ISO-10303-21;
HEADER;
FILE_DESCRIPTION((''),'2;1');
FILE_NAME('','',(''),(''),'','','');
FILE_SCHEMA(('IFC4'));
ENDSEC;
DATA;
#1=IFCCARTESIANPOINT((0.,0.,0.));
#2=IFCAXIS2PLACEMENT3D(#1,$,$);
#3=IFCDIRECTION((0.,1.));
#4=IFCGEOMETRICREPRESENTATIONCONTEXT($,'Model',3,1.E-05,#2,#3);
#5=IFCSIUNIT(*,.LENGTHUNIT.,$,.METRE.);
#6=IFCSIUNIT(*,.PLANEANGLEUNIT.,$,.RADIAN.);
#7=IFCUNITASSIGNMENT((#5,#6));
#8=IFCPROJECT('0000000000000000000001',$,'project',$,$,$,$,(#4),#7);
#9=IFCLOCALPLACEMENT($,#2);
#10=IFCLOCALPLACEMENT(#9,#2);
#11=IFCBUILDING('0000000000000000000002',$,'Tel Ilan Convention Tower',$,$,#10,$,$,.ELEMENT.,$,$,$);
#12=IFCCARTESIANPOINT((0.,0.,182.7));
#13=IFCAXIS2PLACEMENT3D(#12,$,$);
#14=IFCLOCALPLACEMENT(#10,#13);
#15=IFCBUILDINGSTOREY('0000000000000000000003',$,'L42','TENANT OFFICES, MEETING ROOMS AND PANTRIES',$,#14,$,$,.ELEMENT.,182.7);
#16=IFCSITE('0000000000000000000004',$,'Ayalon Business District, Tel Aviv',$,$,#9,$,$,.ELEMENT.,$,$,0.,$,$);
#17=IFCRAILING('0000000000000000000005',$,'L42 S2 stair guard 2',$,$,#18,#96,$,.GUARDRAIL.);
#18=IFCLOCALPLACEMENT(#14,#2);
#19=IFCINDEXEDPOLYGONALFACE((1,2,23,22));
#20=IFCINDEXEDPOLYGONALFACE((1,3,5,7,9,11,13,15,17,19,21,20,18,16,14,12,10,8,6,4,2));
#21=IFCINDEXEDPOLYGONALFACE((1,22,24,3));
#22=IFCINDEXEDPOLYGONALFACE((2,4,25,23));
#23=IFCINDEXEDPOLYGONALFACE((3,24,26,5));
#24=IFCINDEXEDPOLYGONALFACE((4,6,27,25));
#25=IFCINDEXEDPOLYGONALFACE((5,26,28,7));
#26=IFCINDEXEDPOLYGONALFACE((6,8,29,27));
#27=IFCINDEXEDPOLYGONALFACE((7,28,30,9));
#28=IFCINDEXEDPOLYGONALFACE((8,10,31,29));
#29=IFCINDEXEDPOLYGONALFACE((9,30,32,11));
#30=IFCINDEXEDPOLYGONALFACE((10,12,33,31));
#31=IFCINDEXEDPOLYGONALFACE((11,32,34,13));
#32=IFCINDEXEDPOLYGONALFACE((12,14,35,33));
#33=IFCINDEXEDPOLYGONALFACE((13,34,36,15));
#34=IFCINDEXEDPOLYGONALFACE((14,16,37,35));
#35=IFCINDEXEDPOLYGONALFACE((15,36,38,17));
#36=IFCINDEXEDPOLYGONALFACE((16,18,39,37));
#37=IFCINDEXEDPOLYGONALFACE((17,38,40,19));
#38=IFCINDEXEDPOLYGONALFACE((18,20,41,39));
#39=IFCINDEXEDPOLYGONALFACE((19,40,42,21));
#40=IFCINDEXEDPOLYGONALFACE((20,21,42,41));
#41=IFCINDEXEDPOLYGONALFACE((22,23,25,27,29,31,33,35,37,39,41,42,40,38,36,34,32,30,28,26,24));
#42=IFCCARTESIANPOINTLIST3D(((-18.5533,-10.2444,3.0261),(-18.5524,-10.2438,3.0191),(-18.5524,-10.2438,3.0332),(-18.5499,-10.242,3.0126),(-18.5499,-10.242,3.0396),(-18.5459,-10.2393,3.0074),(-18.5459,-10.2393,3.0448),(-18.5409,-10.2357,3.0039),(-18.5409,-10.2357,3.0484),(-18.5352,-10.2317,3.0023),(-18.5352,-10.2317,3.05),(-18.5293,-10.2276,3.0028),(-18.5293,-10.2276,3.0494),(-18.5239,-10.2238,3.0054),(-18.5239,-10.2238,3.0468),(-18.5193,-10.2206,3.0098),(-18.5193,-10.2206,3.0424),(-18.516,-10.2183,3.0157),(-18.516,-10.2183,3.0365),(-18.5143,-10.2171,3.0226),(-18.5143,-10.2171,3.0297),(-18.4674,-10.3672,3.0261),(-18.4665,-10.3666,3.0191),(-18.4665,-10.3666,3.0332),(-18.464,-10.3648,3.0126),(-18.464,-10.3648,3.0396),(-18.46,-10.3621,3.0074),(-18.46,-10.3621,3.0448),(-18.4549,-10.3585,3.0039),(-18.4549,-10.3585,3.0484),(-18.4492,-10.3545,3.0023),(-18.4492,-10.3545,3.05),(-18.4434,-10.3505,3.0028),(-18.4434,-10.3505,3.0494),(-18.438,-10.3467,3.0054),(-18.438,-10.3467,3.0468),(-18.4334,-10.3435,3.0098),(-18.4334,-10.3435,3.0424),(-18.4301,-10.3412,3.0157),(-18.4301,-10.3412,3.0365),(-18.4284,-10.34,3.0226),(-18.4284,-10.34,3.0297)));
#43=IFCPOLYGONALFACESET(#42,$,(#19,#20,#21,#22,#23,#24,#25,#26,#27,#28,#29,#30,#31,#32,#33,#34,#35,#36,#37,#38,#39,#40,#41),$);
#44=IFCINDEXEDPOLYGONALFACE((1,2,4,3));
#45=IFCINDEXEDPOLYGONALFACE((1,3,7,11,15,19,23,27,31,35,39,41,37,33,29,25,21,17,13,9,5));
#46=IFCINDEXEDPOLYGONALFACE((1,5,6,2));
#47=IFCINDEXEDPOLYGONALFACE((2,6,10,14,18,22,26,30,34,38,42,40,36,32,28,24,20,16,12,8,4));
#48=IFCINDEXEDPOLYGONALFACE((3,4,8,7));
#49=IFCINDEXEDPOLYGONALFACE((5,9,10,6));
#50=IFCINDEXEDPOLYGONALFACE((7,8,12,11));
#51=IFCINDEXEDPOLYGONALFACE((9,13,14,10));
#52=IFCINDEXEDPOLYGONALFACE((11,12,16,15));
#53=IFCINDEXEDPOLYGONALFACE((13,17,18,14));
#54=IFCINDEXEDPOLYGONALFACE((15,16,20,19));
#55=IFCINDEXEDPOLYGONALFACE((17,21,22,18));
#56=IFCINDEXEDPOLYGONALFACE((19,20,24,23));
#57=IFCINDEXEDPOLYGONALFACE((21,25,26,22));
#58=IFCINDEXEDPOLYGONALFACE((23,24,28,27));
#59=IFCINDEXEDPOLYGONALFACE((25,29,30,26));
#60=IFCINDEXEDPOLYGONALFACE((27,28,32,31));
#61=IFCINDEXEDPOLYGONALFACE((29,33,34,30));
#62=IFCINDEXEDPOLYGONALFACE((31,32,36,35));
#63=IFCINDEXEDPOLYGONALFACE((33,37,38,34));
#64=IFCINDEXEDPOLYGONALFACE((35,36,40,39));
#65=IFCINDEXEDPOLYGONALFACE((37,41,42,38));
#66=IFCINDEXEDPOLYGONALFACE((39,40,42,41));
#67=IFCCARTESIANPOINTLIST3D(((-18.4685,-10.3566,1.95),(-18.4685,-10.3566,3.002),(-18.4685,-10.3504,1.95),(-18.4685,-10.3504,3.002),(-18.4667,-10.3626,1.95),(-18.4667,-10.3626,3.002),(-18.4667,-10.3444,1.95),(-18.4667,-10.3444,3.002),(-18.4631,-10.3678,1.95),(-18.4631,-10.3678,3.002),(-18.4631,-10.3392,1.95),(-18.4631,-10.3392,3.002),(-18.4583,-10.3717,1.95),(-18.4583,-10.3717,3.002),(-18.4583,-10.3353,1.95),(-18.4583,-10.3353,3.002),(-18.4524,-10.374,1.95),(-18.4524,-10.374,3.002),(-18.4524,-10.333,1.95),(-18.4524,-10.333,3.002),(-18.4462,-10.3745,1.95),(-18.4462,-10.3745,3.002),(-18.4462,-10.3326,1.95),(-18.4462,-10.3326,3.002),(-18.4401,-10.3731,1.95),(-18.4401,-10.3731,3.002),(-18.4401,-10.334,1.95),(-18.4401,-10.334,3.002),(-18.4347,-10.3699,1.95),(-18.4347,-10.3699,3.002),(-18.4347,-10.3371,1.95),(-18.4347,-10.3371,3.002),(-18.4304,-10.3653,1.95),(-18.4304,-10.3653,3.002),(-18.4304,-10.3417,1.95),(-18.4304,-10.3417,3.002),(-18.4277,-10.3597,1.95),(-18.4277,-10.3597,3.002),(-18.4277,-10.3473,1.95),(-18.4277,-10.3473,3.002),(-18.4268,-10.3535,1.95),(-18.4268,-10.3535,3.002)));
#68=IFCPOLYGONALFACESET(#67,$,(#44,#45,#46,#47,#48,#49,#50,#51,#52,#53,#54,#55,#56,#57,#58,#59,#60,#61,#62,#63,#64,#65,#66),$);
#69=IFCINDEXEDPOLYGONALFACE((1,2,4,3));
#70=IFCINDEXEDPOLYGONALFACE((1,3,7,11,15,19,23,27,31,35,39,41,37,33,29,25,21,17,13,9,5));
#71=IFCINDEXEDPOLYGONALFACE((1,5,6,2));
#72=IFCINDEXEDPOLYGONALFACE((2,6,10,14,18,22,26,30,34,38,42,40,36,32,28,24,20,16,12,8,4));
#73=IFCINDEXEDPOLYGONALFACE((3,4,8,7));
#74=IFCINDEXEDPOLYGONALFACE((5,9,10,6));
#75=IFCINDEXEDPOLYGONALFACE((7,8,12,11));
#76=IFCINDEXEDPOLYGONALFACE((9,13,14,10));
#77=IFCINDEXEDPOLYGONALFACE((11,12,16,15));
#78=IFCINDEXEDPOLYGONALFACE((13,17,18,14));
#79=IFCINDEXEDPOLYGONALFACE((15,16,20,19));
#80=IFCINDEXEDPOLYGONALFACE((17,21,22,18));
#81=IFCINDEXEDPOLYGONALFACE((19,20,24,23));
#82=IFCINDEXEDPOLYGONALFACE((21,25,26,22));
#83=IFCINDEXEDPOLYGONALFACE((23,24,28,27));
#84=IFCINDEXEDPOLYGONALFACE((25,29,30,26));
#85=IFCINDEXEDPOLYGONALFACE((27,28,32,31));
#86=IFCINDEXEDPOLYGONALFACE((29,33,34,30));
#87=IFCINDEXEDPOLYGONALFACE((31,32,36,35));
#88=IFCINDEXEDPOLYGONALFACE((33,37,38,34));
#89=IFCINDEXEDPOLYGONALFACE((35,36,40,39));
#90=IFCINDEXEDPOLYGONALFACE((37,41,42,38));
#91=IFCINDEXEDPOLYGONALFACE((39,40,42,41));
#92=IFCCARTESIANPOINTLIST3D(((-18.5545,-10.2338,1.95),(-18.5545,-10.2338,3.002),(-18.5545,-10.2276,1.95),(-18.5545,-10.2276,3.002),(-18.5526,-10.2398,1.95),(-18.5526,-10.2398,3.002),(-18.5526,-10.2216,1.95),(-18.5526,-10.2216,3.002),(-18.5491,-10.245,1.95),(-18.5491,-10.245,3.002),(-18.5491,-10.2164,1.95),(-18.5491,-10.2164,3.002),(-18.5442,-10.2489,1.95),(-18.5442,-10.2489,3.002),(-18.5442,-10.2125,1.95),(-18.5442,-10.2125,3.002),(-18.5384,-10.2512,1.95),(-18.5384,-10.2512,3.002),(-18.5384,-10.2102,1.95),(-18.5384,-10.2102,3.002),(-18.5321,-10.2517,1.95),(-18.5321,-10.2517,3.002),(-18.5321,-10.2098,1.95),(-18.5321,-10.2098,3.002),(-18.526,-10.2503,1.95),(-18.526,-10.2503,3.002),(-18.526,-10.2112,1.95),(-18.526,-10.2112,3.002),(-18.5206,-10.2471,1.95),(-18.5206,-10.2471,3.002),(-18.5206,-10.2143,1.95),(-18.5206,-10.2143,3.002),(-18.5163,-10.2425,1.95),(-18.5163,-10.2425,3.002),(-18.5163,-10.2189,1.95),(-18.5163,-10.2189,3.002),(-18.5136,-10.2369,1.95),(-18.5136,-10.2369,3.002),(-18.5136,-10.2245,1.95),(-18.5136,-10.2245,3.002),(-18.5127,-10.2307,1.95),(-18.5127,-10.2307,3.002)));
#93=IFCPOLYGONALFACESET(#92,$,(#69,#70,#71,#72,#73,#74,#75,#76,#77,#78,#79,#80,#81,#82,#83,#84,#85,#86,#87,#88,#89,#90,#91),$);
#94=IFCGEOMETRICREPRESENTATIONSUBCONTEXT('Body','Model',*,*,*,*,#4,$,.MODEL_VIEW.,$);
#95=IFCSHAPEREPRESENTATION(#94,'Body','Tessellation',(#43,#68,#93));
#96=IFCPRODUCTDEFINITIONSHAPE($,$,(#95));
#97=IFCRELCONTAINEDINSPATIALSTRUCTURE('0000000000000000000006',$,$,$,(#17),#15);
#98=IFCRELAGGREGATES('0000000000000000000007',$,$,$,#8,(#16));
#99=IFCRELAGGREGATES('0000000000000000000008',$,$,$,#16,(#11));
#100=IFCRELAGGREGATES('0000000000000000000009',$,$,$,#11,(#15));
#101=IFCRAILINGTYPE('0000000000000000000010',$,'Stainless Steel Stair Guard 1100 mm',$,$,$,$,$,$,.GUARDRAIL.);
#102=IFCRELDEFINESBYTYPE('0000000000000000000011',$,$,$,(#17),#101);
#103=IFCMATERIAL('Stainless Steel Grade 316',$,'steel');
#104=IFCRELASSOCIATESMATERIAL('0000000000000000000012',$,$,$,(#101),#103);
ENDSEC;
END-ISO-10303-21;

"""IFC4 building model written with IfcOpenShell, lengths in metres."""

from ifc_helpers import new_model, si_unit, direction, frame, origin, origin_2d, place, context, subcontext, project, spatial, circle, extrude, material, type_object, element, save


model = new_model("IFC4")

# Units and contexts
model_context = context("Model", 3, precision=1e-05, world=origin(), true_north=direction((0.0, 1.0)))
body_context = subcontext(model_context, "Body", "Model", "MODEL_VIEW")
ifc_project = project(units=[si_unit("LENGTHUNIT", "METRE"), si_unit("PLANEANGLEUNIT", "RADIAN")], contexts=[model_context])

# Site, building, storey
site_placement = place(None, origin())
site = spatial("IfcSite", under=ifc_project, at=site_placement, Name="Ayalon Business District, Tel Aviv", CompositionType="ELEMENT", RefElevation=0.0)
building_placement = place(site_placement, origin())
building = spatial("IfcBuilding", under=site, at=building_placement, Name="Tel Ilan Convention Tower", CompositionType="ELEMENT")
storey_placement = place(building_placement, frame((0.0, 0.0, 182.7)))
storey = spatial("IfcBuildingStorey", under=building, at=storey_placement, Name="L42", Description="TENANT OFFICES, MEETING ROOMS AND PANTRIES", CompositionType="ELEMENT", Elevation=182.7)

# Railing
ifc_material_1 = material(Name="Stainless Steel Grade 316", Category="steel")
railing_type_1 = type_object("IfcRailingType", Name="Stainless Steel Stair Guard 1100 mm", PredefinedType="GUARDRAIL", material=ifc_material_1)
railing_1_placement = place(storey_placement, frame((-18.4478, -10.3535, 1.95)))
element("IfcRailing", 1, at=railing_1_placement, inside=storey, type_object=railing_type_1, Name="L42 S2 stair guard 2", PredefinedType="GUARDRAIL", context=body_context, shape_type="SweptSolid", body=[
    extrude(circle(Radius=0.0239, at=origin_2d()), frame((0.0, 0.0, 1.0762), z_axis=(-0.573353, 0.819308, 0.0), x_axis=(-0.819308, -0.573353, 0.0)), (0.0, 0.0, 1.0), 0.1499),
    extrude(circle(Radius=0.021, at=origin_2d()), origin(), (0.0, 0.0, 1.0), 1.052),
    extrude(circle(Radius=0.021, at=origin_2d()), frame((-0.0859, 0.1228, 0.0)), (0.0, 0.0, 1.0), 1.052),
])

save(model, "model.ifc")
